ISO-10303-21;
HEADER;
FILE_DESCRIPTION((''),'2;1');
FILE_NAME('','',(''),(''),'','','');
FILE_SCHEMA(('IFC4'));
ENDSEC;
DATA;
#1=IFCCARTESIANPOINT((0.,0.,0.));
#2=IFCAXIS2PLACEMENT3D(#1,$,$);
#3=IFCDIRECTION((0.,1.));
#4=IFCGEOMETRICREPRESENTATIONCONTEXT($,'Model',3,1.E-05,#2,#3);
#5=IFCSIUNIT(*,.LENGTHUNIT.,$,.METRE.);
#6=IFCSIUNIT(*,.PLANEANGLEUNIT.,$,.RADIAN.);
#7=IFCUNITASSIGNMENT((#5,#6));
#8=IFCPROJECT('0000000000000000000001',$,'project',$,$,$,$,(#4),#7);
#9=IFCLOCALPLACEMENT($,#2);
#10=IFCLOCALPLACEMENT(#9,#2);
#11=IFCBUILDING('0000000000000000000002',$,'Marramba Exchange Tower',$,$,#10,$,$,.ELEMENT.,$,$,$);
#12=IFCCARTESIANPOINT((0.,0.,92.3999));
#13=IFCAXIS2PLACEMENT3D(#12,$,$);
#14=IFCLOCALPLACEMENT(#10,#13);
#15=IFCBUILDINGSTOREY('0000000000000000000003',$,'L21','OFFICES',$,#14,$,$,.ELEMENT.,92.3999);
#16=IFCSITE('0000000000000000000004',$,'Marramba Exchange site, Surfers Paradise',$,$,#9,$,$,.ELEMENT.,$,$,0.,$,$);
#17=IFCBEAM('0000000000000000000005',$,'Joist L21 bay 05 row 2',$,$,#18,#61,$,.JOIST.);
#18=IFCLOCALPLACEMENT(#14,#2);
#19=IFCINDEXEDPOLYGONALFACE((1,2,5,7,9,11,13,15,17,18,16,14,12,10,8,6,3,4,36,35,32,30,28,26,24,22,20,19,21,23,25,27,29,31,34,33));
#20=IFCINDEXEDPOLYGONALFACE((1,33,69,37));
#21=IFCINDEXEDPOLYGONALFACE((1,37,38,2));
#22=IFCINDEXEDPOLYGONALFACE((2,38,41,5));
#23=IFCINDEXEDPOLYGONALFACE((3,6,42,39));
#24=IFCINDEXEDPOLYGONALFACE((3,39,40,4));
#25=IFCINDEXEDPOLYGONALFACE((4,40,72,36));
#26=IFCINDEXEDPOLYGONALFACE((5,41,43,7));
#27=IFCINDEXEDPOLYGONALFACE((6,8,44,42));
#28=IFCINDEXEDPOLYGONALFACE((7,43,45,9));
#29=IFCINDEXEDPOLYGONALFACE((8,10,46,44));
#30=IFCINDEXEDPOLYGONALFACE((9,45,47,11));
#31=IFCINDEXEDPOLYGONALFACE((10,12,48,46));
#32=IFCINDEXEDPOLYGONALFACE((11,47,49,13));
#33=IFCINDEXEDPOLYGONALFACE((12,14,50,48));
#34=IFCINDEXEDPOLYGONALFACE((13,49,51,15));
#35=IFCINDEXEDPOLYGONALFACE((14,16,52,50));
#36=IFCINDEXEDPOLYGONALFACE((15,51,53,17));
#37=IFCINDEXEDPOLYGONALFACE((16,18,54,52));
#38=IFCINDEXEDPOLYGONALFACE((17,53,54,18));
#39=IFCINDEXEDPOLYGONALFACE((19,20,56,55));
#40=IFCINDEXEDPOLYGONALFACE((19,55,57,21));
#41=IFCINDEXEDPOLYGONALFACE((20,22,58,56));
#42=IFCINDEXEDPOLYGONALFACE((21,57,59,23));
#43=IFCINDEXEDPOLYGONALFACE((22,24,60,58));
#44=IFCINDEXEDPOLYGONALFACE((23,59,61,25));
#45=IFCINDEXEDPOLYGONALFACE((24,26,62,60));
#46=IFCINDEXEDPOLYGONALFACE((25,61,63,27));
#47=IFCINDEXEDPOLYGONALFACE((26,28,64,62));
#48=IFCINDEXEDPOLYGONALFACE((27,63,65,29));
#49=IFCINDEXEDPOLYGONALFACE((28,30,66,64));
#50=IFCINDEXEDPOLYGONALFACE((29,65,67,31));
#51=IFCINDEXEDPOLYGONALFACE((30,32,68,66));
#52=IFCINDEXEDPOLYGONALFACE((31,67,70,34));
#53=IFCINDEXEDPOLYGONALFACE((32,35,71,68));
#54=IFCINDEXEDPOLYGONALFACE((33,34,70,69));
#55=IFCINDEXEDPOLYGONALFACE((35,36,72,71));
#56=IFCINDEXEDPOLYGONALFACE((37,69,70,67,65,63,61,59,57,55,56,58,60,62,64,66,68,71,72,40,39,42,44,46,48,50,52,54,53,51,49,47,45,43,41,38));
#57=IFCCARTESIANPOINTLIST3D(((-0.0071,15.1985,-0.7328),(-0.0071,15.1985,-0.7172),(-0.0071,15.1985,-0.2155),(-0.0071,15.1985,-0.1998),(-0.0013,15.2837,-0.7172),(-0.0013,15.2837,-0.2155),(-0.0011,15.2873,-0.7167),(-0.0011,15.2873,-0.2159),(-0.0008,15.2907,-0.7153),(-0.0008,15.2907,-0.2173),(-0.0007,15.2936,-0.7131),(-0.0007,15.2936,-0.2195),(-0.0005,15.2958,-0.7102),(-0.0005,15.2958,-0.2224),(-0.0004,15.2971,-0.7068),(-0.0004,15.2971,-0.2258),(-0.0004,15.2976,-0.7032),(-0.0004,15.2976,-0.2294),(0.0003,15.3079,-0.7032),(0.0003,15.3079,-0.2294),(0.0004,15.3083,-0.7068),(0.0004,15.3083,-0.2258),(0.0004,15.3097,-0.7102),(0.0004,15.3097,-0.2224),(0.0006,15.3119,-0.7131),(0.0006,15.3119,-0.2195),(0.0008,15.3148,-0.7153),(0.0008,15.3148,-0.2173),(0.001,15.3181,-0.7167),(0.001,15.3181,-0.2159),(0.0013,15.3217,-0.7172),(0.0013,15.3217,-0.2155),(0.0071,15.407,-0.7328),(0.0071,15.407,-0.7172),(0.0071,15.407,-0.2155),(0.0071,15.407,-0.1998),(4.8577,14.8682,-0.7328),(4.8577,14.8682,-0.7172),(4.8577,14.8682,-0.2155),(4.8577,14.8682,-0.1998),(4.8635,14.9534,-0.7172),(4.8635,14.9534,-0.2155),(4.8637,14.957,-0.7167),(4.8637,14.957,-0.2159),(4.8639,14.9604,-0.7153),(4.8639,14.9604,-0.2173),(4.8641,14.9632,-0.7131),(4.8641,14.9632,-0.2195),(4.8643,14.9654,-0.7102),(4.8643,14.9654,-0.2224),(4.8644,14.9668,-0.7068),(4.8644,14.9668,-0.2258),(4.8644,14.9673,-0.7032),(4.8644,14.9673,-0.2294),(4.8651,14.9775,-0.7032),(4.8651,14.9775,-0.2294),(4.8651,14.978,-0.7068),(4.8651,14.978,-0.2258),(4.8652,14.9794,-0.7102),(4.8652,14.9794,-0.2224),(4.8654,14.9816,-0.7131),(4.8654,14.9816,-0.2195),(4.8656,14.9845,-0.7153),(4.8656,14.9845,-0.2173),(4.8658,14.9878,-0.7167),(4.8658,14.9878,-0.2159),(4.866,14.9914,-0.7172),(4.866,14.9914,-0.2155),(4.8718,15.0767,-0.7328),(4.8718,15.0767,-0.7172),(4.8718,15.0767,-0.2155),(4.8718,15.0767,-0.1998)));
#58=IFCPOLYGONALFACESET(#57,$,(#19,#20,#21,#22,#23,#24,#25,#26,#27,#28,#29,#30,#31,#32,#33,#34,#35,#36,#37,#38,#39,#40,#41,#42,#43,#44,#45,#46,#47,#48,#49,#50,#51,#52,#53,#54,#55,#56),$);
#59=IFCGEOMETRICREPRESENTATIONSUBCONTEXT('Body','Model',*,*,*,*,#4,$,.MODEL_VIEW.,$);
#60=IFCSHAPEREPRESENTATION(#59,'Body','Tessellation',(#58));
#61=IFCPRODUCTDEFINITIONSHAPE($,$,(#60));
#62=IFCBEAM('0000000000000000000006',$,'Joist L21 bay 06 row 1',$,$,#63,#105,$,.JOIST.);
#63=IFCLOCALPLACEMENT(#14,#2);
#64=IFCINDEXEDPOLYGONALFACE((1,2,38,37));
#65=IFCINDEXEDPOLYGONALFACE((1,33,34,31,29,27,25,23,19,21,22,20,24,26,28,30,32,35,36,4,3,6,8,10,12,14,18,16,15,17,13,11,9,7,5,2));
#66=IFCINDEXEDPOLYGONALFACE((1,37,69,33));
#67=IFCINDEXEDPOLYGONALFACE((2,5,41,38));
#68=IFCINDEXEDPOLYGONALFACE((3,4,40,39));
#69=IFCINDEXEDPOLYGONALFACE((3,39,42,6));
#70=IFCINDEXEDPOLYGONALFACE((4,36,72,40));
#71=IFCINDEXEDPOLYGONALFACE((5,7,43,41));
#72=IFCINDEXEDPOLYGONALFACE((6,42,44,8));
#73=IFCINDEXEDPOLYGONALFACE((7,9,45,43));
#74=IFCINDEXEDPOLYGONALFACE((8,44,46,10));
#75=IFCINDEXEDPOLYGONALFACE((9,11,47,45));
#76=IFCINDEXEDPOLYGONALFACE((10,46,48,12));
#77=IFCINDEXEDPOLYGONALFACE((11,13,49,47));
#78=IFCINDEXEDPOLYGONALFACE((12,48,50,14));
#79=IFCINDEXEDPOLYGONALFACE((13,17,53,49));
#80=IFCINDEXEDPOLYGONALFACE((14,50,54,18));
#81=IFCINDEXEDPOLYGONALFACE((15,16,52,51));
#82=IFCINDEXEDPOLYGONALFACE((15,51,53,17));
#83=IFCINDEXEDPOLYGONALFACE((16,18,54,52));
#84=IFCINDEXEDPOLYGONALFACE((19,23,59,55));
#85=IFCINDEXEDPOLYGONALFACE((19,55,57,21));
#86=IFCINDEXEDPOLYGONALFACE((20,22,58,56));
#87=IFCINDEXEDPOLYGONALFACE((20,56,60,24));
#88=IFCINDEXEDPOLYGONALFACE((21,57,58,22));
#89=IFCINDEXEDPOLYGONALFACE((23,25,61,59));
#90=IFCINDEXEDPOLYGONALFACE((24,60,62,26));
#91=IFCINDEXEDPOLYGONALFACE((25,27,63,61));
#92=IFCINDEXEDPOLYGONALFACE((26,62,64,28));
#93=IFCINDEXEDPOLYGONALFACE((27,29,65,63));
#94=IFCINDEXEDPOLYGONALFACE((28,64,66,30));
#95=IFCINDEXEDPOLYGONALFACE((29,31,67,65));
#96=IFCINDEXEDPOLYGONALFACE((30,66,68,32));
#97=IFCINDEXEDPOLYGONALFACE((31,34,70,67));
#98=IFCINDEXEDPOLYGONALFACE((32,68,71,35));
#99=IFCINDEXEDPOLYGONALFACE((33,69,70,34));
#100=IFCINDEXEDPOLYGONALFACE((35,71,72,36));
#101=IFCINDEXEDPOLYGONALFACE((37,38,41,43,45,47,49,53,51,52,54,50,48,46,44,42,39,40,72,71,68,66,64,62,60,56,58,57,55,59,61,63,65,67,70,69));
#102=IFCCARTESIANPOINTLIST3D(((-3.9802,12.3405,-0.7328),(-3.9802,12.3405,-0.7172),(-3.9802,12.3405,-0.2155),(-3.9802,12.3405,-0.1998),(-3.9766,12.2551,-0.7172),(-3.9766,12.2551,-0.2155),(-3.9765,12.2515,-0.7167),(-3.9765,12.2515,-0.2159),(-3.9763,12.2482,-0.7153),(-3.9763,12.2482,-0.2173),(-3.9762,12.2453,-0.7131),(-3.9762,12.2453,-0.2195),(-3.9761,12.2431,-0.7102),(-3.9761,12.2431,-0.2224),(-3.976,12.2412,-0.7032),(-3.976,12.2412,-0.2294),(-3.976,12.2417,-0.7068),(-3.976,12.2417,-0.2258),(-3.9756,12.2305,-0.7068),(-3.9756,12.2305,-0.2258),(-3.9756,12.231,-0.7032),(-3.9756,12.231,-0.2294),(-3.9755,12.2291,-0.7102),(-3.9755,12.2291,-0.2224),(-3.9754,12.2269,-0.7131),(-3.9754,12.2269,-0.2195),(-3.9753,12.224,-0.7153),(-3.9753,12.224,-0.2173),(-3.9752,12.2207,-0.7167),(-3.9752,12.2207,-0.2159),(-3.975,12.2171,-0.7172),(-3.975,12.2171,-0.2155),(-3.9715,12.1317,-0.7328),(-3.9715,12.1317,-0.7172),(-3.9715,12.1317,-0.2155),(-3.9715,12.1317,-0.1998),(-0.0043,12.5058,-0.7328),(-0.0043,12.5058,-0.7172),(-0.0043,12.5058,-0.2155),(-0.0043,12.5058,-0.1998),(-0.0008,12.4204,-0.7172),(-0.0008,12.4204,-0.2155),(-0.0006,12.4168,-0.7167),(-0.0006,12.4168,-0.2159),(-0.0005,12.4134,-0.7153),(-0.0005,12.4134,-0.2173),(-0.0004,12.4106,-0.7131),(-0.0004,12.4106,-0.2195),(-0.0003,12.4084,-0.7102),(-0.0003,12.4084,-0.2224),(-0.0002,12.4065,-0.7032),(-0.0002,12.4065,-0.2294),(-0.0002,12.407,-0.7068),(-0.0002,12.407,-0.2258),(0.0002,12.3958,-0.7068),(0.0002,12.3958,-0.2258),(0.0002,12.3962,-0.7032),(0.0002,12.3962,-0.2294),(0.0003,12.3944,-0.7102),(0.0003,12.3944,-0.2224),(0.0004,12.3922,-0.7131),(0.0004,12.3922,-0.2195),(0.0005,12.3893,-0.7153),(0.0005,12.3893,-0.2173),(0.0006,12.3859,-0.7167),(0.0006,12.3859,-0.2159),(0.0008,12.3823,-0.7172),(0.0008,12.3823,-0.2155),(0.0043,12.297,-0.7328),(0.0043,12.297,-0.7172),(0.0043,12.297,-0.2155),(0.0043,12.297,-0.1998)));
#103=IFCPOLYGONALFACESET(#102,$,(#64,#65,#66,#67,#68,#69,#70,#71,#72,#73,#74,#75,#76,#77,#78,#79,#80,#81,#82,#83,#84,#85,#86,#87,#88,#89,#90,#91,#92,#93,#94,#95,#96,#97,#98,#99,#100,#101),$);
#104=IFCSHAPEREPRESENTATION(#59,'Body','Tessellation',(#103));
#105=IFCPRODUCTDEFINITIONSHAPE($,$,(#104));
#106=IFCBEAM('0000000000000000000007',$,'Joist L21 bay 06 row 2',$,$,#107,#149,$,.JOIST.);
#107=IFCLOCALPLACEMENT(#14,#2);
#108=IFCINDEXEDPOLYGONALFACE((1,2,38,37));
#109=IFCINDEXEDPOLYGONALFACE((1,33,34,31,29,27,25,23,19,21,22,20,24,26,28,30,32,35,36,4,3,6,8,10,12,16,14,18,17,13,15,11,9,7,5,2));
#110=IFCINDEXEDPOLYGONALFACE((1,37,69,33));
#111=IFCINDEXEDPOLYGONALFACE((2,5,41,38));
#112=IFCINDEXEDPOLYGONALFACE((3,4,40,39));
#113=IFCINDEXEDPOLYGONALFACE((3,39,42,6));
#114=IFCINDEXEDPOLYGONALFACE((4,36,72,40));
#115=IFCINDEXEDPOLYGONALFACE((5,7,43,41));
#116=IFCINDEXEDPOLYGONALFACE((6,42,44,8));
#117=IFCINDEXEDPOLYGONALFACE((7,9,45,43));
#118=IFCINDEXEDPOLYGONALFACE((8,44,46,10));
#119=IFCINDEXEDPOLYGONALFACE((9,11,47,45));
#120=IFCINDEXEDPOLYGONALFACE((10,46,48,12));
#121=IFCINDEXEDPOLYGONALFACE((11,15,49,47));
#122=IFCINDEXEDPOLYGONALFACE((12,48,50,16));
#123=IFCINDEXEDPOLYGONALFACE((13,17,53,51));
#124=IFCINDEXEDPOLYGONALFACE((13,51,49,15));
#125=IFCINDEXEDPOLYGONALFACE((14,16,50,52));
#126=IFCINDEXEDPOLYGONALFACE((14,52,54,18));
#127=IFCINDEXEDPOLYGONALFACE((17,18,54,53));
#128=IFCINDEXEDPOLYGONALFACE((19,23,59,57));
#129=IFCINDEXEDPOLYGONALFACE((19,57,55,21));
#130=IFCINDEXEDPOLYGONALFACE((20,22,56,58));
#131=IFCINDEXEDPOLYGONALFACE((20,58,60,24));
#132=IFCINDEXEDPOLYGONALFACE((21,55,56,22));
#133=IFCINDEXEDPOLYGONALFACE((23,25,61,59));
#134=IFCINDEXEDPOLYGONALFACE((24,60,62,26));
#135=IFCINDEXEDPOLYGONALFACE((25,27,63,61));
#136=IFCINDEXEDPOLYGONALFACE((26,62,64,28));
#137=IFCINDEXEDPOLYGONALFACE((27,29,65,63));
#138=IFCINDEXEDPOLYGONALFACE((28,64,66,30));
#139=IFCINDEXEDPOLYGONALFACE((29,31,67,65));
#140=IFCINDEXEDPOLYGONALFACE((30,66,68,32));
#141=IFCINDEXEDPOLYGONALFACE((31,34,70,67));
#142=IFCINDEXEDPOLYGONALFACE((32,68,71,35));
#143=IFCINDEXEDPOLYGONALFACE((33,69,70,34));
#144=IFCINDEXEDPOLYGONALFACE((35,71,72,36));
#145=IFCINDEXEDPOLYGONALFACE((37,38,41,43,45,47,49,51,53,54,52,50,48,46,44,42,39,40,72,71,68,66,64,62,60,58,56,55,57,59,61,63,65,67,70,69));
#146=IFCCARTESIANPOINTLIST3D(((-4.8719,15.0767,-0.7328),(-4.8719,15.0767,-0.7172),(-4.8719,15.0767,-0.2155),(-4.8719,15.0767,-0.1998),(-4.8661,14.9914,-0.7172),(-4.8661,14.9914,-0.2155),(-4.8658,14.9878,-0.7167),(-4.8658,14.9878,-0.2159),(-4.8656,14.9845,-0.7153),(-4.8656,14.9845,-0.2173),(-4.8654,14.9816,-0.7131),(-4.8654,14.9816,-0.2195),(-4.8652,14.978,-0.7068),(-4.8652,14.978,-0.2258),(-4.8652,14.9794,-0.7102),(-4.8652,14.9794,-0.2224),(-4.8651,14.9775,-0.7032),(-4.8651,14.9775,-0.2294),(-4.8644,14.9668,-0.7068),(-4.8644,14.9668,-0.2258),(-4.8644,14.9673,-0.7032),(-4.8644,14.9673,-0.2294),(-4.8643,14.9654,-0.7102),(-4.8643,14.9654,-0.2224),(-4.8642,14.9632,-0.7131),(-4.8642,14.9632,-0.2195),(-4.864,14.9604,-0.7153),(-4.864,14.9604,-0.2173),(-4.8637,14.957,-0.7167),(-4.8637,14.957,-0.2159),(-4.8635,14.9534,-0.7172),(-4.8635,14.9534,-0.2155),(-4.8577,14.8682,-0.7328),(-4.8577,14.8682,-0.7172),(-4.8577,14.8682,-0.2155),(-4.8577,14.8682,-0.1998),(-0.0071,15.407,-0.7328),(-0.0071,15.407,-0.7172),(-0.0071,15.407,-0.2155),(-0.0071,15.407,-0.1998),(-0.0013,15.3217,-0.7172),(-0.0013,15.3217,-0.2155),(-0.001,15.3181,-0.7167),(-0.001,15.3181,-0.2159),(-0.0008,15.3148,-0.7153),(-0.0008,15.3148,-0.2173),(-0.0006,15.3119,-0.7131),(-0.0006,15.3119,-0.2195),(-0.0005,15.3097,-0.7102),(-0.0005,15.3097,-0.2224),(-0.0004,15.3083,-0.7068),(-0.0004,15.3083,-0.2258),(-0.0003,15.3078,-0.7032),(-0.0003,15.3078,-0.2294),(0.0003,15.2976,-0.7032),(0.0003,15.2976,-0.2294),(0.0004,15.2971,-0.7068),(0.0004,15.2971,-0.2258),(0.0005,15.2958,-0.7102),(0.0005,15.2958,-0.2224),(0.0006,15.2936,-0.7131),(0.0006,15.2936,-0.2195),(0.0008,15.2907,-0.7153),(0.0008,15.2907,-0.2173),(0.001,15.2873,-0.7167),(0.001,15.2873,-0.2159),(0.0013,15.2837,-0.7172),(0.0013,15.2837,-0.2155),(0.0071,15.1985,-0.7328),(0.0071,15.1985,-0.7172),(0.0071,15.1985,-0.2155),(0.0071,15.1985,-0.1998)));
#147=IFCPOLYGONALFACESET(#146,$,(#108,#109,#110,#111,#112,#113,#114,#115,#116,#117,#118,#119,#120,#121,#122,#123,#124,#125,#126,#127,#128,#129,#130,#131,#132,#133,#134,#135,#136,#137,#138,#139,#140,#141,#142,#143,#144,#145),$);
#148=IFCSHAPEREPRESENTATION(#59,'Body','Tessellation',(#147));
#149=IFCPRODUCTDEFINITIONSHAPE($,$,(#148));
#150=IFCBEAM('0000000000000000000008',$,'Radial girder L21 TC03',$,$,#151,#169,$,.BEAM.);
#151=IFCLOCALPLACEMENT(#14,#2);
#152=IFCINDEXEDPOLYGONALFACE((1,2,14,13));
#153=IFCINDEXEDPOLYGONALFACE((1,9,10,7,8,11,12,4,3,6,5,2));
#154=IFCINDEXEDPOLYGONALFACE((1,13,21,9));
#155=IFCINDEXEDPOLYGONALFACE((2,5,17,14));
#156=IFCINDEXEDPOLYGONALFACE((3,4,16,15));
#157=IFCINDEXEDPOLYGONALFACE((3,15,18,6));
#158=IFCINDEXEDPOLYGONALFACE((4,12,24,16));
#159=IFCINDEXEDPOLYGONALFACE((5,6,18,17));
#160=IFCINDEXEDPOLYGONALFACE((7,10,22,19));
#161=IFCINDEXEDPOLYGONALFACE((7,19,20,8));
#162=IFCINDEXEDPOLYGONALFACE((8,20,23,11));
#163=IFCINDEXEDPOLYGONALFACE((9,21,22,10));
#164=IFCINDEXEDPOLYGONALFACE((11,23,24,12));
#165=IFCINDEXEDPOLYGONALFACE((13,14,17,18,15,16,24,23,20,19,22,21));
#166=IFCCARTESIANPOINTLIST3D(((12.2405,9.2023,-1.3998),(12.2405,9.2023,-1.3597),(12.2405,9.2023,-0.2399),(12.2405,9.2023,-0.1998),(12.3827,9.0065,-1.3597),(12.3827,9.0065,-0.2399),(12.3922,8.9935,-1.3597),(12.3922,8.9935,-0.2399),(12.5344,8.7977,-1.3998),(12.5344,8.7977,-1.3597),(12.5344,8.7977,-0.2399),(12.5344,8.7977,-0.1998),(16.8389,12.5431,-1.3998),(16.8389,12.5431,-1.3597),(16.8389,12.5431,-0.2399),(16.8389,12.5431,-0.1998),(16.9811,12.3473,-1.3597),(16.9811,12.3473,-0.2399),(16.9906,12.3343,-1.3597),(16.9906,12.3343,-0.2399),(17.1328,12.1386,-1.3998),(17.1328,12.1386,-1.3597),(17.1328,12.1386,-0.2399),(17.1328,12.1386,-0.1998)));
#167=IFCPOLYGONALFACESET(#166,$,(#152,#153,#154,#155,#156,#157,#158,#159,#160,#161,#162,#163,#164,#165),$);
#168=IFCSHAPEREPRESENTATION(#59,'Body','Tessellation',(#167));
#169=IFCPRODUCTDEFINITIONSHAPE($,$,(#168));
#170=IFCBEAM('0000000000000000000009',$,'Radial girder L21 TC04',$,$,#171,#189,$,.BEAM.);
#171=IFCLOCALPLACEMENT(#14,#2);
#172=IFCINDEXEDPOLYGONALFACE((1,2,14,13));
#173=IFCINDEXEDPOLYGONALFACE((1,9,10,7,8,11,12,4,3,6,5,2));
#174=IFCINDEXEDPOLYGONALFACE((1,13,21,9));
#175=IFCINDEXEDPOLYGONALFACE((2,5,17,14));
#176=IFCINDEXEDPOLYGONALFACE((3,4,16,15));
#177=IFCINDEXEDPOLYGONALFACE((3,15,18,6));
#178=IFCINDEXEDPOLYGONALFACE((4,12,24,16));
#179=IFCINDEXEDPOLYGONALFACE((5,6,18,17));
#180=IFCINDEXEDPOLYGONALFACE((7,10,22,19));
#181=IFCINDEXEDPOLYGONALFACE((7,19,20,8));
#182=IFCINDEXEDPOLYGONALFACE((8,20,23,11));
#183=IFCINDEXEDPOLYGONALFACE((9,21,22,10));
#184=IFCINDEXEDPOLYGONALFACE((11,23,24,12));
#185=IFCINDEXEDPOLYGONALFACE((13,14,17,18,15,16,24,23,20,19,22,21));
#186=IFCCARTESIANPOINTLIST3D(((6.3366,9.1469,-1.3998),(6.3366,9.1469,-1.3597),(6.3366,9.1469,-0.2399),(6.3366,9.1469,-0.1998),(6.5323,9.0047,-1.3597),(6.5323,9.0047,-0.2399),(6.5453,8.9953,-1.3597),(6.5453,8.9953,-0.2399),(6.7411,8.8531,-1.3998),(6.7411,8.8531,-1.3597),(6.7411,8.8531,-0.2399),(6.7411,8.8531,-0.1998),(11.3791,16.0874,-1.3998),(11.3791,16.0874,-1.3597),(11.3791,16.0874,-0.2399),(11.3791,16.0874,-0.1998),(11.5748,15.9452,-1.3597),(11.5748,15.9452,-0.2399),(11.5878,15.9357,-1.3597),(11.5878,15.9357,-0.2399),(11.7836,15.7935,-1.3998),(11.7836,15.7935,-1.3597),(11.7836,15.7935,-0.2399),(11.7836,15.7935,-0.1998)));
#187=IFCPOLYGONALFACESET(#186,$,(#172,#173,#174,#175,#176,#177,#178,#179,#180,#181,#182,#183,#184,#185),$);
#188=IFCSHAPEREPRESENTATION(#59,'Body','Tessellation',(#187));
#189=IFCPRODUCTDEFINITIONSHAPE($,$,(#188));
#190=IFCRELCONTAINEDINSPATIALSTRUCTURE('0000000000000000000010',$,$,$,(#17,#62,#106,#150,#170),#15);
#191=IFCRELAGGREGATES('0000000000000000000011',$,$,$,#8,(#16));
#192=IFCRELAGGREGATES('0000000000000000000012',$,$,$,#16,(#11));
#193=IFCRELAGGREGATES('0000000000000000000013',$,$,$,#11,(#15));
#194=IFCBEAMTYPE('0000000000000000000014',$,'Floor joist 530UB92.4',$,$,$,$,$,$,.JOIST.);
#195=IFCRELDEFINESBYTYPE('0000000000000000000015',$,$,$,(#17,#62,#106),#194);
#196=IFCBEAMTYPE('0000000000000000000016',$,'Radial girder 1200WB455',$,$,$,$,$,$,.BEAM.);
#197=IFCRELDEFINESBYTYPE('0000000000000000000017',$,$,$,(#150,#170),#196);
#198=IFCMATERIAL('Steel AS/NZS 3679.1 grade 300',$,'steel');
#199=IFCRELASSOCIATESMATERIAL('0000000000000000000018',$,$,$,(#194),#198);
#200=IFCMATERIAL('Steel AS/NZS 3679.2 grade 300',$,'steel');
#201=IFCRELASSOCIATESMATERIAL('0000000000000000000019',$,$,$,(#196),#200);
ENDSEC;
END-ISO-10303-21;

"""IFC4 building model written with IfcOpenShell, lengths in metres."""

from ifc_helpers import new_model, si_unit, direction, frame, origin, origin_2d, place, context, subcontext, project, spatial, i_section, extrude, material, material_profile, profile_set, type_object, element, save


model = new_model("IFC4")

# Units and contexts
model_context = context("Model", 3, precision=1e-05, world=origin(), true_north=direction((0.0, 1.0)))
body_context = subcontext(model_context, "Body", "Model", "MODEL_VIEW")
ifc_project = project(units=[si_unit("LENGTHUNIT", "METRE"), si_unit("PLANEANGLEUNIT", "RADIAN")], contexts=[model_context])

# Site, building, storey
site_placement = place(None, origin())
site = spatial("IfcSite", under=ifc_project, at=site_placement, Name="Marramba Exchange site, Surfers Paradise", CompositionType="ELEMENT", RefElevation=0.0)
building_placement = place(site_placement, origin())
building = spatial("IfcBuilding", under=site, at=building_placement, Name="Marramba Exchange Tower", CompositionType="ELEMENT")
storey_placement = place(building_placement, frame((0.0, 0.0, 92.3999)))
storey = spatial("IfcBuildingStorey", under=building, at=storey_placement, Name="L21", Description="OFFICES", CompositionType="ELEMENT", Elevation=92.3999)

# Shared definitions
ifc_material_1 = material(Name="Steel AS/NZS 3679.2 grade 300", Category="steel")

# Beams
ifc_material_2 = material(Name="Steel AS/NZS 3679.1 grade 300", Category="steel")
ifc_material_profile_1 = material_profile(ifc_material_2, i_section(OverallWidth=0.209, OverallDepth=0.533, WebThickness=0.0103, FlangeThickness=0.0156, FilletRadius=0.0139, at=origin_2d()), Name="530UB92.4")
ifc_profile_set_1 = profile_set([ifc_material_profile_1], Name="Steel AS/NZS 3679.1 grade 300")
beam_type_1 = type_object("IfcBeamType", Name="Floor joist 530UB92.4", PredefinedType="JOIST", material=ifc_profile_set_1)
beam_1_placement = place(storey_placement, frame((4.8647, 14.9724, -0.4663), z_axis=(-0.997703, 0.067745, 0.0), x_axis=(-0.067745, -0.997703, 0.0)))
element("IfcBeam", 1, at=beam_1_placement, inside=storey, type_object=beam_type_1, Name="Joist L21 bay 05 row 2", PredefinedType="JOIST", context=body_context, shape_type="SweptSolid", body=[
    extrude(i_section(OverallWidth=0.209, OverallDepth=0.533, WebThickness=0.0103, FlangeThickness=0.0156, FilletRadius=0.0139, at=origin_2d()), origin(), (0.0, 0.0, 1.0), 4.876),
])
beam_2_placement = place(storey_placement, frame((0.0, 12.4014, -0.4663), z_axis=(-0.999137, -0.041536, 0.0), x_axis=(0.041536, -0.999137, 0.0)))
element("IfcBeam", 2, at=beam_2_placement, inside=storey, type_object=beam_type_1, Name="Joist L21 bay 06 row 1", PredefinedType="JOIST", context=body_context, shape_type="SweptSolid", body=[
    extrude(i_section(OverallWidth=0.209, OverallDepth=0.533, WebThickness=0.0103, FlangeThickness=0.0156, FilletRadius=0.0139, at=origin_2d()), origin(), (0.0, 0.0, 1.0), 3.9792),
])
beam_3_placement = place(storey_placement, frame((0.0, 15.3027, -0.4663), z_axis=(-0.997703, -0.067745, 0.0), x_axis=(0.067745, -0.997703, 0.0)))
element("IfcBeam", 3, at=beam_3_placement, inside=storey, type_object=beam_type_1, Name="Joist L21 bay 06 row 2", PredefinedType="JOIST", context=body_context, shape_type="SweptSolid", body=[
    extrude(i_section(OverallWidth=0.209, OverallDepth=0.533, WebThickness=0.0103, FlangeThickness=0.0156, FilletRadius=0.0139, at=origin_2d()), origin(), (0.0, 0.0, 1.0), 4.876),
])
ifc_material_profile_2 = material_profile(ifc_material_1, i_section(OverallWidth=0.5, OverallDepth=1.2, WebThickness=0.0161, FlangeThickness=0.04, at=origin_2d()), Name="1200WB455")
ifc_profile_set_2 = profile_set([ifc_material_profile_2], Name="Steel AS/NZS 3679.2 grade 300")
beam_type_2 = type_object("IfcBeamType", Name="Radial girder 1200WB455", PredefinedType="BEAM", material=ifc_profile_set_2)
beam_4_placement = place(storey_placement, frame((12.3875, 9.0, -0.7998), z_axis=(0.809026, 0.587773, 0.0), x_axis=(-0.587773, 0.809026, 0.0)))
element("IfcBeam", 4, at=beam_4_placement, inside=storey, type_object=beam_type_2, Name="Radial girder L21 TC03", PredefinedType="BEAM", context=body_context, shape_type="SweptSolid", body=[
    extrude(i_section(OverallWidth=0.5, OverallDepth=1.2, WebThickness=0.0161, FlangeThickness=0.04, at=origin_2d()), origin(), (0.0, 0.0, 1.0), 5.6838),
])
beam_5_placement = place(storey_placement, frame((6.5388, 9.0, -0.7998), z_axis=(0.587782, 0.809019, 0.0), x_axis=(-0.809019, 0.587782, 0.0)))
element("IfcBeam", 5, at=beam_5_placement, inside=storey, type_object=beam_type_2, Name="Radial girder L21 TC04", PredefinedType="BEAM", context=body_context, shape_type="SweptSolid", body=[
    extrude(i_section(OverallWidth=0.5, OverallDepth=1.2, WebThickness=0.0161, FlangeThickness=0.04, at=origin_2d()), origin(), (0.0, 0.0, 1.0), 8.5789),
])

save(model, "model.ifc")
